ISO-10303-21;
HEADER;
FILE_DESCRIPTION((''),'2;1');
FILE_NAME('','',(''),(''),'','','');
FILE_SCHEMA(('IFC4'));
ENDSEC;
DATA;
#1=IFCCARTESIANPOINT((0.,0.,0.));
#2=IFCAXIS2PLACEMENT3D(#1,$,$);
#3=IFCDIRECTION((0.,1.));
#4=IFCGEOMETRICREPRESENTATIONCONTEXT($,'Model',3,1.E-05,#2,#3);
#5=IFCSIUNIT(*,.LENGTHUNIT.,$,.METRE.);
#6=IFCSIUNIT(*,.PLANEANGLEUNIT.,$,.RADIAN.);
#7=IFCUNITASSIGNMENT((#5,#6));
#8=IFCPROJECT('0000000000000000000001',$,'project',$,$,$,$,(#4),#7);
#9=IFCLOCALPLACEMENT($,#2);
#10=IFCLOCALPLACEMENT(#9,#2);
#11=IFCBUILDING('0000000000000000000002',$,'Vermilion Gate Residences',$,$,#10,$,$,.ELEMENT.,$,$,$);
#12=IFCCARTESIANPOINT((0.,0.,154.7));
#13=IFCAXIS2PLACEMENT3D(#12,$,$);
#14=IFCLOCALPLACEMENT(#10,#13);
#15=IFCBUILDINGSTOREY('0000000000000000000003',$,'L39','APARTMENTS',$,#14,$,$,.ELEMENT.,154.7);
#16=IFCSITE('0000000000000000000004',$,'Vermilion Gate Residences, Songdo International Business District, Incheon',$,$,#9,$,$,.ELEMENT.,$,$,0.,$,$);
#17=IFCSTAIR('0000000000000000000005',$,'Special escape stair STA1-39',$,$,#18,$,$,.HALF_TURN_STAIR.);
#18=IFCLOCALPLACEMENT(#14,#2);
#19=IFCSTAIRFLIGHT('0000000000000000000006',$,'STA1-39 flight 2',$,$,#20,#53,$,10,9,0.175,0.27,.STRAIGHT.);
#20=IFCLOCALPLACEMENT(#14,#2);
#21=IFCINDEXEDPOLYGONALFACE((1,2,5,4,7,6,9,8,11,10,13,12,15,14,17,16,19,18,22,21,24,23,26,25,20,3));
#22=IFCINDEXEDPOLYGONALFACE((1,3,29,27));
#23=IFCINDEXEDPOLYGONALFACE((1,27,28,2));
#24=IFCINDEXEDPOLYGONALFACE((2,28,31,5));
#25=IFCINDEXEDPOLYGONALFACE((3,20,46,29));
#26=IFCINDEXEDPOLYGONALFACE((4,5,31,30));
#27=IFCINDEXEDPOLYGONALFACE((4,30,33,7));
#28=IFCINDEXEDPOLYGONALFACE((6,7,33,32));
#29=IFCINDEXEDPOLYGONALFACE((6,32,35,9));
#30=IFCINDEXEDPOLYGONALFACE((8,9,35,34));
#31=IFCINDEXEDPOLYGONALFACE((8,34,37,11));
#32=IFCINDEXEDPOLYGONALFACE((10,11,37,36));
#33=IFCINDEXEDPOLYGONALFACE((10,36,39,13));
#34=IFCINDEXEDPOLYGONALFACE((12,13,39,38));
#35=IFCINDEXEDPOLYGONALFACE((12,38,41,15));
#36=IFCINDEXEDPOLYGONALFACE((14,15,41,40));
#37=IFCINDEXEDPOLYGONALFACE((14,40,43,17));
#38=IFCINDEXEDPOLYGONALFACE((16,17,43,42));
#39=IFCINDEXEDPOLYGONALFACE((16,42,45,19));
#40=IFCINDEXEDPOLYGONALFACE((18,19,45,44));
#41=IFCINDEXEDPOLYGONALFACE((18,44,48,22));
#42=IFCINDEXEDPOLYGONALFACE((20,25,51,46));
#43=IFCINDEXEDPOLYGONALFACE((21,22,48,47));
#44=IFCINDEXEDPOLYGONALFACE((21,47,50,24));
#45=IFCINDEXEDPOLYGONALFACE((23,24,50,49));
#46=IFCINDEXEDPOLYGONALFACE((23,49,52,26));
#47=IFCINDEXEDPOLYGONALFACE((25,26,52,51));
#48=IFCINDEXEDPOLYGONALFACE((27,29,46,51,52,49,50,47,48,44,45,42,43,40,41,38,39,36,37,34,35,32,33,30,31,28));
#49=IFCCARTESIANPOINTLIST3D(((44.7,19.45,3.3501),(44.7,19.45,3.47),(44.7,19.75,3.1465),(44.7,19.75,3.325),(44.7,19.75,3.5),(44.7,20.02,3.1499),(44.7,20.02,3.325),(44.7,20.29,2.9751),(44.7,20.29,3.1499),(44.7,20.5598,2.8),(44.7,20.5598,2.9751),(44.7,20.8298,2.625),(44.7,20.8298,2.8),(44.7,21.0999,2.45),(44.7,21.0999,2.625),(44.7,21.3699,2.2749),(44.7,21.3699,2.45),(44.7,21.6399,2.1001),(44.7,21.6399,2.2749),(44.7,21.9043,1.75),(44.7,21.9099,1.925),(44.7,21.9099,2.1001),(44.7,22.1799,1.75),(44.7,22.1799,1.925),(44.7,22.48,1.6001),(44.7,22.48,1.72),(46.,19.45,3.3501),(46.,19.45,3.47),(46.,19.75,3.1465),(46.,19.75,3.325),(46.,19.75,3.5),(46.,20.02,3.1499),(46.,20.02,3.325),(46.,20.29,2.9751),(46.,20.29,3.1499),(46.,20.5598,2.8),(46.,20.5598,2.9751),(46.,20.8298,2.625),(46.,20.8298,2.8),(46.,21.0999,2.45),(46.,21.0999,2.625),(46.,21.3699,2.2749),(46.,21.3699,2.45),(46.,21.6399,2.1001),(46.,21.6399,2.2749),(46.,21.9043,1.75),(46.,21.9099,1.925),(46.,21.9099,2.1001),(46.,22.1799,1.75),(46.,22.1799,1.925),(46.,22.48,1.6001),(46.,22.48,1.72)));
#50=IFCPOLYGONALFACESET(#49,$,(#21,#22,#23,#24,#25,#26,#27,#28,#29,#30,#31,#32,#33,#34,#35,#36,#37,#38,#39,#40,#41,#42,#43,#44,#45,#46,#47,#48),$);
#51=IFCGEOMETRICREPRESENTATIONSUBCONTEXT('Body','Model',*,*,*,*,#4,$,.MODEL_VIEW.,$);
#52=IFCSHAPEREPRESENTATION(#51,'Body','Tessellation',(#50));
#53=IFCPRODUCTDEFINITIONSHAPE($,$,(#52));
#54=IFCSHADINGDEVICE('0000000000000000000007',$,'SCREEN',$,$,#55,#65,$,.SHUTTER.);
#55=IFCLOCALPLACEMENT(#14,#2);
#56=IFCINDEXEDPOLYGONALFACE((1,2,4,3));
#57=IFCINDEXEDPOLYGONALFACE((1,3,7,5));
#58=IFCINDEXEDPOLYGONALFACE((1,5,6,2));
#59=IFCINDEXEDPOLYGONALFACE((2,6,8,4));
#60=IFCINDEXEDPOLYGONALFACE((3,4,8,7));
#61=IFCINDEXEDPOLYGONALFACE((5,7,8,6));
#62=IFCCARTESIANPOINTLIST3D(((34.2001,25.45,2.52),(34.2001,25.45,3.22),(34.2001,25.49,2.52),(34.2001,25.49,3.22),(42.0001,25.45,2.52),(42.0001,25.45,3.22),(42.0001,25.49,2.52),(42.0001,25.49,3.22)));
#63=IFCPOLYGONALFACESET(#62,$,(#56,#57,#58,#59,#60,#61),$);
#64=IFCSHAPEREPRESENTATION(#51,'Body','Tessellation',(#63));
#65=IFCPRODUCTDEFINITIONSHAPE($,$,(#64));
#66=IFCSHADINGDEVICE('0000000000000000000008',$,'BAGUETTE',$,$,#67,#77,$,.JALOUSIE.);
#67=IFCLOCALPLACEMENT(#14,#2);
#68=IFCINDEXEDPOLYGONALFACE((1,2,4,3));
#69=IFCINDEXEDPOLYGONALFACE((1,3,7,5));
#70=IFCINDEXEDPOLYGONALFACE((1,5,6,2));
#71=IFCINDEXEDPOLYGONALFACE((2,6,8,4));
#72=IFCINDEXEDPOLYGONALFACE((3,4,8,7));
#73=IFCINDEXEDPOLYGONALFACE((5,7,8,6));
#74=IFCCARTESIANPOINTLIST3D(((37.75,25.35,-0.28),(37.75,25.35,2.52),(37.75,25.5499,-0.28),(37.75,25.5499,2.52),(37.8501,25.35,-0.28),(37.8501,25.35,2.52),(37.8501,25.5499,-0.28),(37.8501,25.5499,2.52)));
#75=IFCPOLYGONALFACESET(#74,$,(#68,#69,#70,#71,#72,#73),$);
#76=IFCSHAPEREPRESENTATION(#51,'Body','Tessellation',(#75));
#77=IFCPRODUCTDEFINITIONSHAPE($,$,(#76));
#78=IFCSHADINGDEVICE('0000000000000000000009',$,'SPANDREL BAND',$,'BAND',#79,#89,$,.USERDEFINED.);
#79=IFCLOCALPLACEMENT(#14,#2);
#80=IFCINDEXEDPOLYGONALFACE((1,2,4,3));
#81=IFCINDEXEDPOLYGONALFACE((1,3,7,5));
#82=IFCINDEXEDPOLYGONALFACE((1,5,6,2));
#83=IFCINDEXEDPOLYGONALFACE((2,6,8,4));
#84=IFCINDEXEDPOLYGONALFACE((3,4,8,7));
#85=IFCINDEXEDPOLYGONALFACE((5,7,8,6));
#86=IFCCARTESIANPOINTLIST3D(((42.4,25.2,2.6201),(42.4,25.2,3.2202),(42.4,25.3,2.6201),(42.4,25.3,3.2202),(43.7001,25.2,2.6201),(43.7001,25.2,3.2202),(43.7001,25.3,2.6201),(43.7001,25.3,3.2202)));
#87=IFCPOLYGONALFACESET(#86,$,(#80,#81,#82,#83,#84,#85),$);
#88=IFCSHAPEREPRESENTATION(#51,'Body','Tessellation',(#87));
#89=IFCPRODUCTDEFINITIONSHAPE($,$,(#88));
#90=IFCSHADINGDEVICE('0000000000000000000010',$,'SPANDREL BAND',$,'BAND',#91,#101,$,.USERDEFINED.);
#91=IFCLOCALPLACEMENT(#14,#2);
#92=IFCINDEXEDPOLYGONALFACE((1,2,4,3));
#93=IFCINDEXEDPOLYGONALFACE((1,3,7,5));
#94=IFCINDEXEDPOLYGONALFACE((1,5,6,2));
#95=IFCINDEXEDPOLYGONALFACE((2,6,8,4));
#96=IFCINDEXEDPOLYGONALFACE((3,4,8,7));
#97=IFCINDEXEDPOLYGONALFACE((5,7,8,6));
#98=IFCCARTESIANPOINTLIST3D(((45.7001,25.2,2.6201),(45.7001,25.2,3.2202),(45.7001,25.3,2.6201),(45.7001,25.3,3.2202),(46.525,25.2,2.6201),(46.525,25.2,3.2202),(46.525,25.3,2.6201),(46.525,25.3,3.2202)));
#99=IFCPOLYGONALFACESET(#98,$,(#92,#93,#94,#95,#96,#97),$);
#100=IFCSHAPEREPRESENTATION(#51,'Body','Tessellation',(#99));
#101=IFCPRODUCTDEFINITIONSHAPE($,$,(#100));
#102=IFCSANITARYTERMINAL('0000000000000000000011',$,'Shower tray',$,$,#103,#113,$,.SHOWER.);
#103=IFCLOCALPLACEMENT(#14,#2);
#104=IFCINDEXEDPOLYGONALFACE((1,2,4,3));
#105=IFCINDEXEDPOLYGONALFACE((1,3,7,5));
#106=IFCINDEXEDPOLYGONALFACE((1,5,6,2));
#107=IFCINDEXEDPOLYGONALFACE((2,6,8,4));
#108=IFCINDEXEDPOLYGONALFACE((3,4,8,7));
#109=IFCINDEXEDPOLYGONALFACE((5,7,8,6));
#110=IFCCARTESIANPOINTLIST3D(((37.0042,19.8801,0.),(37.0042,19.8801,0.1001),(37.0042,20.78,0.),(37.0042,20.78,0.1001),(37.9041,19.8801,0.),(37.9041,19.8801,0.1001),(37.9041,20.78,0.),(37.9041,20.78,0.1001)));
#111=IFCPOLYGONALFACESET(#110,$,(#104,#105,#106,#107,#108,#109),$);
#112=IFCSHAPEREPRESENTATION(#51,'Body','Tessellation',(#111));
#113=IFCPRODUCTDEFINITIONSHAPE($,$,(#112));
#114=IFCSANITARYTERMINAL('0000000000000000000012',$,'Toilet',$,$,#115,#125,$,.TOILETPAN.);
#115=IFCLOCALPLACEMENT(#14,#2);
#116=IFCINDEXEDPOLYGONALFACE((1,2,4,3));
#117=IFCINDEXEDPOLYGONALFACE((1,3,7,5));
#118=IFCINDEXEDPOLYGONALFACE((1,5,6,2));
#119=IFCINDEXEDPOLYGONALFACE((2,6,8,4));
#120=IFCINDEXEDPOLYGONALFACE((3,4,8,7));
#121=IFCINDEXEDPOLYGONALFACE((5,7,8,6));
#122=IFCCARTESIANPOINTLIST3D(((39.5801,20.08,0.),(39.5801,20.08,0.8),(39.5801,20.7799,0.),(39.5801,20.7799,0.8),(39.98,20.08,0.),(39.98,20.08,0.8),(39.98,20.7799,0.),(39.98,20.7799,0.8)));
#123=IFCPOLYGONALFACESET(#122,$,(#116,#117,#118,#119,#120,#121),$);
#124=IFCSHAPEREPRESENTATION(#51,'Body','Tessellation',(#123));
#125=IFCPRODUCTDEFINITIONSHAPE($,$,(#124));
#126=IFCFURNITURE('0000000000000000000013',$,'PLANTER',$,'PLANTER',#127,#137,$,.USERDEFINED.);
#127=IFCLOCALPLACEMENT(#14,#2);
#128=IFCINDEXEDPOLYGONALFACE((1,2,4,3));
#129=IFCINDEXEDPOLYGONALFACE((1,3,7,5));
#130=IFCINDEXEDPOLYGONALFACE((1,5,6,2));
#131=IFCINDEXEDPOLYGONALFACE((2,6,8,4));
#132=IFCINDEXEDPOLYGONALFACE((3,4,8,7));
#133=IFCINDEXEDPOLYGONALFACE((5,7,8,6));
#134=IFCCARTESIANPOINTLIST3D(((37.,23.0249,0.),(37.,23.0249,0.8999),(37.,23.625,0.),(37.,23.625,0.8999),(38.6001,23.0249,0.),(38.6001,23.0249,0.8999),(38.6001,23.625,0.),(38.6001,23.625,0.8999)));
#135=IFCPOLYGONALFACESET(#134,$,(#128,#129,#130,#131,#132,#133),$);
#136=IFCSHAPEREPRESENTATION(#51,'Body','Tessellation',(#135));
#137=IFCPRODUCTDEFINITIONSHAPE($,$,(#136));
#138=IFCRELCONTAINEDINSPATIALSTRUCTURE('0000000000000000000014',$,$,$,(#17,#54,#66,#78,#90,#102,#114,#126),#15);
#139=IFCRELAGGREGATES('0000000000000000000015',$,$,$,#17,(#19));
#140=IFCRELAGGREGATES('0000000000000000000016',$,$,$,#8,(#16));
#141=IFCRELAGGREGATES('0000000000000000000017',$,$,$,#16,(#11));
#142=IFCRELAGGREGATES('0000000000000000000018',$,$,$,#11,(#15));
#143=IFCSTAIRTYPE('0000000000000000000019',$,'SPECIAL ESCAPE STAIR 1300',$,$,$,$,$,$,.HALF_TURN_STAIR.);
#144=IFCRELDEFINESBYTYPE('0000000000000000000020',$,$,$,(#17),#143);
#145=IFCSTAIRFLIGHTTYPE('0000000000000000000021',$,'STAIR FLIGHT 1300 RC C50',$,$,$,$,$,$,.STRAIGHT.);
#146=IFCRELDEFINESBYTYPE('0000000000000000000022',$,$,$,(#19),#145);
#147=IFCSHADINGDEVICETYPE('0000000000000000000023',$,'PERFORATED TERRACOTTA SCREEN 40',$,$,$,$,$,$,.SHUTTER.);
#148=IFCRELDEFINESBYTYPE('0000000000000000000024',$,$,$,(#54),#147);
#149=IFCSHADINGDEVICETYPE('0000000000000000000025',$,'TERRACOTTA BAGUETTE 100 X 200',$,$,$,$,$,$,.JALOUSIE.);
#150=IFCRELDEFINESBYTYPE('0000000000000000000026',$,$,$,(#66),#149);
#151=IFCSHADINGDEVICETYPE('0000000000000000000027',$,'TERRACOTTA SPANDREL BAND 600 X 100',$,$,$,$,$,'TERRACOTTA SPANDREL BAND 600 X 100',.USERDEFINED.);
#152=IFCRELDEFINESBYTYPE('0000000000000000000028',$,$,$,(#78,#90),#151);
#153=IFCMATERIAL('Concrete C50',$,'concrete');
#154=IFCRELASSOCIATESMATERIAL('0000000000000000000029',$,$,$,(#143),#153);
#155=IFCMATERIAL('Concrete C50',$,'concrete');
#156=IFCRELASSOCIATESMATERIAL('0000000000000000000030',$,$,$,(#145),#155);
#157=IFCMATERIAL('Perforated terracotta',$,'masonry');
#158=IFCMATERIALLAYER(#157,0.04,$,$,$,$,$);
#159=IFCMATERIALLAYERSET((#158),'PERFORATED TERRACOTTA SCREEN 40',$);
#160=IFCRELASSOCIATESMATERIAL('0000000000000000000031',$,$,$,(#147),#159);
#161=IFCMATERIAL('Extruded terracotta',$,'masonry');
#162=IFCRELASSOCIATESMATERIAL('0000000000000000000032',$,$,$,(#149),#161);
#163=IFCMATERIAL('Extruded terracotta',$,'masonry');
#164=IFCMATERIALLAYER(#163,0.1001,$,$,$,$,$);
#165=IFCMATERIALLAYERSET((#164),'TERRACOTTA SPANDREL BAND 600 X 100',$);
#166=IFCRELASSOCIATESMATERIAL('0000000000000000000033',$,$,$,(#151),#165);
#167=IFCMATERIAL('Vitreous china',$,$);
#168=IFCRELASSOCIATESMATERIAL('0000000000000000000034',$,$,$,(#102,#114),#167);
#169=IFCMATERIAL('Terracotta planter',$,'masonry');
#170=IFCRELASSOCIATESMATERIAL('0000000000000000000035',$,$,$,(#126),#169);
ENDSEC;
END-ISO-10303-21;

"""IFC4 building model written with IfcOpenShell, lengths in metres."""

from ifc_helpers import new_model, si_unit, direction, frame, origin, origin_2d, place, context, subcontext, project, spatial, polyline, rectangle, outline, extrude, material, layer, layer_set, material_profile, profile_set, type_object, element, aggregate, save


model = new_model("IFC4")

# Units and contexts
model_context = context("Model", 3, precision=1e-05, world=origin(), true_north=direction((0.0, 1.0)))
body_context = subcontext(model_context, "Body", "Model", "MODEL_VIEW")
ifc_project = project(units=[si_unit("LENGTHUNIT", "METRE"), si_unit("PLANEANGLEUNIT", "RADIAN")], contexts=[model_context])

# Site, building, storey
site_placement = place(None, origin())
site = spatial("IfcSite", under=ifc_project, at=site_placement, Name="Vermilion Gate Residences, Songdo International Business District, Incheon", CompositionType="ELEMENT", RefElevation=0.0)
building_placement = place(site_placement, origin())
building = spatial("IfcBuilding", under=site, at=building_placement, Name="Vermilion Gate Residences", CompositionType="ELEMENT")
storey_placement = place(building_placement, frame((0.0, 0.0, 154.7)))
storey = spatial("IfcBuildingStorey", under=building, at=storey_placement, Name="L39", Description="APARTMENTS", CompositionType="ELEMENT", Elevation=154.7)

# Stair, stair flight
ifc_material_1 = material(Name="Concrete C50", Category="concrete")
stair_type = type_object("IfcStairType", Name="SPECIAL ESCAPE STAIR 1300", PredefinedType="HALF_TURN_STAIR", material=ifc_material_1)
stair_placement = place(storey_placement, origin())
stair = element("IfcStair", 1, at=stair_placement, inside=storey, type_object=stair_type, Name="Special escape stair STA1-39", PredefinedType="HALF_TURN_STAIR")
ifc_material_2 = material(Name="Concrete C50", Category="concrete")
stair_flight_type = type_object("IfcStairFlightType", Name="STAIR FLIGHT 1300 RC C50", PredefinedType="STRAIGHT", material=ifc_material_2)
stair_flight_1_placement = place(storey_placement, frame((45.3501, 22.1799, 1.75), z_axis=(0.0, 0.0, 1.0), x_axis=(0.0, -1.0, 0.0)))
stair_flight_1 = element("IfcStairFlight", 2, at=stair_flight_1_placement, type_object=stair_flight_type, Name="STA1-39 flight 2", NumberOfRisers=10, NumberOfTreads=9, PredefinedType="STRAIGHT", RiserHeight=0.175, TreadLength=0.27, context=body_context, shape_type="SweptSolid", body=[
    extrude(outline(polyline([(-0.3, -0.1499), (-0.3, -0.03), (0.0, 0.0), (0.0, 0.175), (0.27, 0.175), (0.27, 0.3501), (0.54, 0.3501), (0.54, 0.5249), (0.8101, 0.5249), (0.8101, 0.7), (1.0801, 0.7), (1.0801, 0.875), (1.3501, 0.875), (1.3501, 1.05), (1.6201, 1.05), (1.6201, 1.2251), (1.8899, 1.2251), (1.8899, 1.3999), (2.1599, 1.3999), (2.1599, 1.575), (2.4299, 1.575), (2.4299, 1.75), (2.73, 1.72), (2.73, 1.6001), (2.4299, 1.3965), (0.2756, 0.0), (-0.3, -0.1499)])), frame((0.0, 0.6499, 0.0), z_axis=(0.0, -1.0, 0.0), x_axis=(1.0, 0.0, 0.0)), (0.0, 0.0, 1.0), 1.3),
])
aggregate(stair, [stair_flight_1])

# Shading device
ifc_material_3 = material(Name="Perforated terracotta", Category="masonry")
ifc_layer_1 = layer(ifc_material_3, 0.04)
ifc_layer_set_1 = layer_set([ifc_layer_1], Name="PERFORATED TERRACOTTA SCREEN 40")
shading_device_type_1 = type_object("IfcShadingDeviceType", Name="PERFORATED TERRACOTTA SCREEN 40", PredefinedType="SHUTTER", material=ifc_layer_set_1)
shading_device_1_placement = place(storey_placement, frame((38.1001, 25.47, 2.52), z_axis=(0.0, 0.0, 1.0), x_axis=(-1.0, 0.0, 0.0)))
element("IfcShadingDevice", 3, at=shading_device_1_placement, inside=storey, type_object=shading_device_type_1, Name="SCREEN", PredefinedType="SHUTTER", context=body_context, shape_type="SweptSolid", body=[
    extrude(rectangle(XDim=7.8, YDim=0.04, at=origin_2d()), origin(), (0.0, 0.0, 1.0), 0.7),
])

# Shading devices
ifc_material_4 = material(Name="Extruded terracotta", Category="masonry")
ifc_material_profile = material_profile(ifc_material_4, rectangle(XDim=0.2, YDim=0.1001, at=origin_2d()), Name="BAGUETTE 100 X 200")
ifc_profile_set = profile_set([ifc_material_profile], Name="Extruded terracotta")
shading_device_type_2 = type_object("IfcShadingDeviceType", Name="TERRACOTTA BAGUETTE 100 X 200", PredefinedType="JALOUSIE", material=ifc_profile_set)
shading_device_2_placement = place(storey_placement, frame((37.8, 25.45, -0.28), z_axis=(0.0, 0.0, 1.0), x_axis=(0.0, -1.0, 0.0)))
element("IfcShadingDevice", 4, at=shading_device_2_placement, inside=storey, type_object=shading_device_type_2, Name="BAGUETTE", PredefinedType="JALOUSIE", context=body_context, shape_type="SweptSolid", body=[
    extrude(rectangle(XDim=0.2, YDim=0.1001, at=origin_2d()), origin(), (0.0, 0.0, 1.0), 2.8),
])
ifc_material_5 = material(Name="Extruded terracotta", Category="masonry")
ifc_layer_2 = layer(ifc_material_5, 0.1001)
ifc_layer_set_2 = layer_set([ifc_layer_2], Name="TERRACOTTA SPANDREL BAND 600 X 100")
shading_device_type_3 = type_object("IfcShadingDeviceType", Name="TERRACOTTA SPANDREL BAND 600 X 100", ElementType="TERRACOTTA SPANDREL BAND 600 X 100", PredefinedType="USERDEFINED", material=ifc_layer_set_2)
shading_device_3_placement = place(storey_placement, frame((43.05, 25.25, 2.6201), z_axis=(0.0, 0.0, 1.0), x_axis=(1.0, 0.0, 0.0)))
element("IfcShadingDevice", 5, at=shading_device_3_placement, inside=storey, type_object=shading_device_type_3, Name="SPANDREL BAND", ObjectType="BAND", PredefinedType="USERDEFINED", context=body_context, shape_type="SweptSolid", body=[
    extrude(rectangle(XDim=1.3, YDim=0.1001, at=origin_2d()), origin(), (0.0, 0.0, 1.0), 0.6001),
])
shading_device_4_placement = place(storey_placement, frame((46.1125, 25.25, 2.6201), z_axis=(0.0, 0.0, 1.0), x_axis=(1.0, 0.0, 0.0)))
element("IfcShadingDevice", 6, at=shading_device_4_placement, inside=storey, type_object=shading_device_type_3, Name="SPANDREL BAND", ObjectType="BAND", PredefinedType="USERDEFINED", context=body_context, shape_type="SweptSolid", body=[
    extrude(rectangle(XDim=0.825, YDim=0.1001, at=origin_2d()), origin(), (0.0, 0.0, 1.0), 0.6001),
])

# Sanitary terminals
ifc_material_6 = material(Name="Vitreous china")
sanitary_terminal_1_placement = place(storey_placement, frame((37.4541, 20.3301, 0.0), z_axis=(0.0, 0.0, 1.0), x_axis=(1.0, 0.0, 0.0)))
element("IfcSanitaryTerminal", 7, at=sanitary_terminal_1_placement, inside=storey, material=ifc_material_6, Name="Shower tray", PredefinedType="SHOWER", context=body_context, shape_type="SweptSolid", body=[
    extrude(rectangle(XDim=0.8999, YDim=0.8999, at=origin_2d()), origin(), (0.0, 0.0, 1.0), 0.1001),
])
sanitary_terminal_2_placement = place(storey_placement, frame((39.78, 20.4299, 0.0), z_axis=(0.0, 0.0, 1.0), x_axis=(1.0, 0.0, 0.0)))
element("IfcSanitaryTerminal", 8, at=sanitary_terminal_2_placement, inside=storey, material=ifc_material_6, Name="Toilet", PredefinedType="TOILETPAN", context=body_context, shape_type="SweptSolid", body=[
    extrude(rectangle(XDim=0.3999, YDim=0.7, at=origin_2d()), origin(), (0.0, 0.0, 1.0), 0.8),
])

# Furniture
ifc_material_7 = material(Name="Terracotta planter", Category="masonry")
furniture_placement = place(storey_placement, frame((37.8, 23.325, 0.0), z_axis=(0.0, 0.0, 1.0), x_axis=(-1.0, 0.0, 0.0)))
element("IfcFurniture", 9, at=furniture_placement, inside=storey, material=ifc_material_7, Name="PLANTER", ObjectType="PLANTER", PredefinedType="USERDEFINED", context=body_context, shape_type="SweptSolid", body=[
    extrude(rectangle(XDim=1.6001, YDim=0.6001, at=origin_2d()), origin(), (0.0, 0.0, 1.0), 0.8999),
])

save(model, "model.ifc")
